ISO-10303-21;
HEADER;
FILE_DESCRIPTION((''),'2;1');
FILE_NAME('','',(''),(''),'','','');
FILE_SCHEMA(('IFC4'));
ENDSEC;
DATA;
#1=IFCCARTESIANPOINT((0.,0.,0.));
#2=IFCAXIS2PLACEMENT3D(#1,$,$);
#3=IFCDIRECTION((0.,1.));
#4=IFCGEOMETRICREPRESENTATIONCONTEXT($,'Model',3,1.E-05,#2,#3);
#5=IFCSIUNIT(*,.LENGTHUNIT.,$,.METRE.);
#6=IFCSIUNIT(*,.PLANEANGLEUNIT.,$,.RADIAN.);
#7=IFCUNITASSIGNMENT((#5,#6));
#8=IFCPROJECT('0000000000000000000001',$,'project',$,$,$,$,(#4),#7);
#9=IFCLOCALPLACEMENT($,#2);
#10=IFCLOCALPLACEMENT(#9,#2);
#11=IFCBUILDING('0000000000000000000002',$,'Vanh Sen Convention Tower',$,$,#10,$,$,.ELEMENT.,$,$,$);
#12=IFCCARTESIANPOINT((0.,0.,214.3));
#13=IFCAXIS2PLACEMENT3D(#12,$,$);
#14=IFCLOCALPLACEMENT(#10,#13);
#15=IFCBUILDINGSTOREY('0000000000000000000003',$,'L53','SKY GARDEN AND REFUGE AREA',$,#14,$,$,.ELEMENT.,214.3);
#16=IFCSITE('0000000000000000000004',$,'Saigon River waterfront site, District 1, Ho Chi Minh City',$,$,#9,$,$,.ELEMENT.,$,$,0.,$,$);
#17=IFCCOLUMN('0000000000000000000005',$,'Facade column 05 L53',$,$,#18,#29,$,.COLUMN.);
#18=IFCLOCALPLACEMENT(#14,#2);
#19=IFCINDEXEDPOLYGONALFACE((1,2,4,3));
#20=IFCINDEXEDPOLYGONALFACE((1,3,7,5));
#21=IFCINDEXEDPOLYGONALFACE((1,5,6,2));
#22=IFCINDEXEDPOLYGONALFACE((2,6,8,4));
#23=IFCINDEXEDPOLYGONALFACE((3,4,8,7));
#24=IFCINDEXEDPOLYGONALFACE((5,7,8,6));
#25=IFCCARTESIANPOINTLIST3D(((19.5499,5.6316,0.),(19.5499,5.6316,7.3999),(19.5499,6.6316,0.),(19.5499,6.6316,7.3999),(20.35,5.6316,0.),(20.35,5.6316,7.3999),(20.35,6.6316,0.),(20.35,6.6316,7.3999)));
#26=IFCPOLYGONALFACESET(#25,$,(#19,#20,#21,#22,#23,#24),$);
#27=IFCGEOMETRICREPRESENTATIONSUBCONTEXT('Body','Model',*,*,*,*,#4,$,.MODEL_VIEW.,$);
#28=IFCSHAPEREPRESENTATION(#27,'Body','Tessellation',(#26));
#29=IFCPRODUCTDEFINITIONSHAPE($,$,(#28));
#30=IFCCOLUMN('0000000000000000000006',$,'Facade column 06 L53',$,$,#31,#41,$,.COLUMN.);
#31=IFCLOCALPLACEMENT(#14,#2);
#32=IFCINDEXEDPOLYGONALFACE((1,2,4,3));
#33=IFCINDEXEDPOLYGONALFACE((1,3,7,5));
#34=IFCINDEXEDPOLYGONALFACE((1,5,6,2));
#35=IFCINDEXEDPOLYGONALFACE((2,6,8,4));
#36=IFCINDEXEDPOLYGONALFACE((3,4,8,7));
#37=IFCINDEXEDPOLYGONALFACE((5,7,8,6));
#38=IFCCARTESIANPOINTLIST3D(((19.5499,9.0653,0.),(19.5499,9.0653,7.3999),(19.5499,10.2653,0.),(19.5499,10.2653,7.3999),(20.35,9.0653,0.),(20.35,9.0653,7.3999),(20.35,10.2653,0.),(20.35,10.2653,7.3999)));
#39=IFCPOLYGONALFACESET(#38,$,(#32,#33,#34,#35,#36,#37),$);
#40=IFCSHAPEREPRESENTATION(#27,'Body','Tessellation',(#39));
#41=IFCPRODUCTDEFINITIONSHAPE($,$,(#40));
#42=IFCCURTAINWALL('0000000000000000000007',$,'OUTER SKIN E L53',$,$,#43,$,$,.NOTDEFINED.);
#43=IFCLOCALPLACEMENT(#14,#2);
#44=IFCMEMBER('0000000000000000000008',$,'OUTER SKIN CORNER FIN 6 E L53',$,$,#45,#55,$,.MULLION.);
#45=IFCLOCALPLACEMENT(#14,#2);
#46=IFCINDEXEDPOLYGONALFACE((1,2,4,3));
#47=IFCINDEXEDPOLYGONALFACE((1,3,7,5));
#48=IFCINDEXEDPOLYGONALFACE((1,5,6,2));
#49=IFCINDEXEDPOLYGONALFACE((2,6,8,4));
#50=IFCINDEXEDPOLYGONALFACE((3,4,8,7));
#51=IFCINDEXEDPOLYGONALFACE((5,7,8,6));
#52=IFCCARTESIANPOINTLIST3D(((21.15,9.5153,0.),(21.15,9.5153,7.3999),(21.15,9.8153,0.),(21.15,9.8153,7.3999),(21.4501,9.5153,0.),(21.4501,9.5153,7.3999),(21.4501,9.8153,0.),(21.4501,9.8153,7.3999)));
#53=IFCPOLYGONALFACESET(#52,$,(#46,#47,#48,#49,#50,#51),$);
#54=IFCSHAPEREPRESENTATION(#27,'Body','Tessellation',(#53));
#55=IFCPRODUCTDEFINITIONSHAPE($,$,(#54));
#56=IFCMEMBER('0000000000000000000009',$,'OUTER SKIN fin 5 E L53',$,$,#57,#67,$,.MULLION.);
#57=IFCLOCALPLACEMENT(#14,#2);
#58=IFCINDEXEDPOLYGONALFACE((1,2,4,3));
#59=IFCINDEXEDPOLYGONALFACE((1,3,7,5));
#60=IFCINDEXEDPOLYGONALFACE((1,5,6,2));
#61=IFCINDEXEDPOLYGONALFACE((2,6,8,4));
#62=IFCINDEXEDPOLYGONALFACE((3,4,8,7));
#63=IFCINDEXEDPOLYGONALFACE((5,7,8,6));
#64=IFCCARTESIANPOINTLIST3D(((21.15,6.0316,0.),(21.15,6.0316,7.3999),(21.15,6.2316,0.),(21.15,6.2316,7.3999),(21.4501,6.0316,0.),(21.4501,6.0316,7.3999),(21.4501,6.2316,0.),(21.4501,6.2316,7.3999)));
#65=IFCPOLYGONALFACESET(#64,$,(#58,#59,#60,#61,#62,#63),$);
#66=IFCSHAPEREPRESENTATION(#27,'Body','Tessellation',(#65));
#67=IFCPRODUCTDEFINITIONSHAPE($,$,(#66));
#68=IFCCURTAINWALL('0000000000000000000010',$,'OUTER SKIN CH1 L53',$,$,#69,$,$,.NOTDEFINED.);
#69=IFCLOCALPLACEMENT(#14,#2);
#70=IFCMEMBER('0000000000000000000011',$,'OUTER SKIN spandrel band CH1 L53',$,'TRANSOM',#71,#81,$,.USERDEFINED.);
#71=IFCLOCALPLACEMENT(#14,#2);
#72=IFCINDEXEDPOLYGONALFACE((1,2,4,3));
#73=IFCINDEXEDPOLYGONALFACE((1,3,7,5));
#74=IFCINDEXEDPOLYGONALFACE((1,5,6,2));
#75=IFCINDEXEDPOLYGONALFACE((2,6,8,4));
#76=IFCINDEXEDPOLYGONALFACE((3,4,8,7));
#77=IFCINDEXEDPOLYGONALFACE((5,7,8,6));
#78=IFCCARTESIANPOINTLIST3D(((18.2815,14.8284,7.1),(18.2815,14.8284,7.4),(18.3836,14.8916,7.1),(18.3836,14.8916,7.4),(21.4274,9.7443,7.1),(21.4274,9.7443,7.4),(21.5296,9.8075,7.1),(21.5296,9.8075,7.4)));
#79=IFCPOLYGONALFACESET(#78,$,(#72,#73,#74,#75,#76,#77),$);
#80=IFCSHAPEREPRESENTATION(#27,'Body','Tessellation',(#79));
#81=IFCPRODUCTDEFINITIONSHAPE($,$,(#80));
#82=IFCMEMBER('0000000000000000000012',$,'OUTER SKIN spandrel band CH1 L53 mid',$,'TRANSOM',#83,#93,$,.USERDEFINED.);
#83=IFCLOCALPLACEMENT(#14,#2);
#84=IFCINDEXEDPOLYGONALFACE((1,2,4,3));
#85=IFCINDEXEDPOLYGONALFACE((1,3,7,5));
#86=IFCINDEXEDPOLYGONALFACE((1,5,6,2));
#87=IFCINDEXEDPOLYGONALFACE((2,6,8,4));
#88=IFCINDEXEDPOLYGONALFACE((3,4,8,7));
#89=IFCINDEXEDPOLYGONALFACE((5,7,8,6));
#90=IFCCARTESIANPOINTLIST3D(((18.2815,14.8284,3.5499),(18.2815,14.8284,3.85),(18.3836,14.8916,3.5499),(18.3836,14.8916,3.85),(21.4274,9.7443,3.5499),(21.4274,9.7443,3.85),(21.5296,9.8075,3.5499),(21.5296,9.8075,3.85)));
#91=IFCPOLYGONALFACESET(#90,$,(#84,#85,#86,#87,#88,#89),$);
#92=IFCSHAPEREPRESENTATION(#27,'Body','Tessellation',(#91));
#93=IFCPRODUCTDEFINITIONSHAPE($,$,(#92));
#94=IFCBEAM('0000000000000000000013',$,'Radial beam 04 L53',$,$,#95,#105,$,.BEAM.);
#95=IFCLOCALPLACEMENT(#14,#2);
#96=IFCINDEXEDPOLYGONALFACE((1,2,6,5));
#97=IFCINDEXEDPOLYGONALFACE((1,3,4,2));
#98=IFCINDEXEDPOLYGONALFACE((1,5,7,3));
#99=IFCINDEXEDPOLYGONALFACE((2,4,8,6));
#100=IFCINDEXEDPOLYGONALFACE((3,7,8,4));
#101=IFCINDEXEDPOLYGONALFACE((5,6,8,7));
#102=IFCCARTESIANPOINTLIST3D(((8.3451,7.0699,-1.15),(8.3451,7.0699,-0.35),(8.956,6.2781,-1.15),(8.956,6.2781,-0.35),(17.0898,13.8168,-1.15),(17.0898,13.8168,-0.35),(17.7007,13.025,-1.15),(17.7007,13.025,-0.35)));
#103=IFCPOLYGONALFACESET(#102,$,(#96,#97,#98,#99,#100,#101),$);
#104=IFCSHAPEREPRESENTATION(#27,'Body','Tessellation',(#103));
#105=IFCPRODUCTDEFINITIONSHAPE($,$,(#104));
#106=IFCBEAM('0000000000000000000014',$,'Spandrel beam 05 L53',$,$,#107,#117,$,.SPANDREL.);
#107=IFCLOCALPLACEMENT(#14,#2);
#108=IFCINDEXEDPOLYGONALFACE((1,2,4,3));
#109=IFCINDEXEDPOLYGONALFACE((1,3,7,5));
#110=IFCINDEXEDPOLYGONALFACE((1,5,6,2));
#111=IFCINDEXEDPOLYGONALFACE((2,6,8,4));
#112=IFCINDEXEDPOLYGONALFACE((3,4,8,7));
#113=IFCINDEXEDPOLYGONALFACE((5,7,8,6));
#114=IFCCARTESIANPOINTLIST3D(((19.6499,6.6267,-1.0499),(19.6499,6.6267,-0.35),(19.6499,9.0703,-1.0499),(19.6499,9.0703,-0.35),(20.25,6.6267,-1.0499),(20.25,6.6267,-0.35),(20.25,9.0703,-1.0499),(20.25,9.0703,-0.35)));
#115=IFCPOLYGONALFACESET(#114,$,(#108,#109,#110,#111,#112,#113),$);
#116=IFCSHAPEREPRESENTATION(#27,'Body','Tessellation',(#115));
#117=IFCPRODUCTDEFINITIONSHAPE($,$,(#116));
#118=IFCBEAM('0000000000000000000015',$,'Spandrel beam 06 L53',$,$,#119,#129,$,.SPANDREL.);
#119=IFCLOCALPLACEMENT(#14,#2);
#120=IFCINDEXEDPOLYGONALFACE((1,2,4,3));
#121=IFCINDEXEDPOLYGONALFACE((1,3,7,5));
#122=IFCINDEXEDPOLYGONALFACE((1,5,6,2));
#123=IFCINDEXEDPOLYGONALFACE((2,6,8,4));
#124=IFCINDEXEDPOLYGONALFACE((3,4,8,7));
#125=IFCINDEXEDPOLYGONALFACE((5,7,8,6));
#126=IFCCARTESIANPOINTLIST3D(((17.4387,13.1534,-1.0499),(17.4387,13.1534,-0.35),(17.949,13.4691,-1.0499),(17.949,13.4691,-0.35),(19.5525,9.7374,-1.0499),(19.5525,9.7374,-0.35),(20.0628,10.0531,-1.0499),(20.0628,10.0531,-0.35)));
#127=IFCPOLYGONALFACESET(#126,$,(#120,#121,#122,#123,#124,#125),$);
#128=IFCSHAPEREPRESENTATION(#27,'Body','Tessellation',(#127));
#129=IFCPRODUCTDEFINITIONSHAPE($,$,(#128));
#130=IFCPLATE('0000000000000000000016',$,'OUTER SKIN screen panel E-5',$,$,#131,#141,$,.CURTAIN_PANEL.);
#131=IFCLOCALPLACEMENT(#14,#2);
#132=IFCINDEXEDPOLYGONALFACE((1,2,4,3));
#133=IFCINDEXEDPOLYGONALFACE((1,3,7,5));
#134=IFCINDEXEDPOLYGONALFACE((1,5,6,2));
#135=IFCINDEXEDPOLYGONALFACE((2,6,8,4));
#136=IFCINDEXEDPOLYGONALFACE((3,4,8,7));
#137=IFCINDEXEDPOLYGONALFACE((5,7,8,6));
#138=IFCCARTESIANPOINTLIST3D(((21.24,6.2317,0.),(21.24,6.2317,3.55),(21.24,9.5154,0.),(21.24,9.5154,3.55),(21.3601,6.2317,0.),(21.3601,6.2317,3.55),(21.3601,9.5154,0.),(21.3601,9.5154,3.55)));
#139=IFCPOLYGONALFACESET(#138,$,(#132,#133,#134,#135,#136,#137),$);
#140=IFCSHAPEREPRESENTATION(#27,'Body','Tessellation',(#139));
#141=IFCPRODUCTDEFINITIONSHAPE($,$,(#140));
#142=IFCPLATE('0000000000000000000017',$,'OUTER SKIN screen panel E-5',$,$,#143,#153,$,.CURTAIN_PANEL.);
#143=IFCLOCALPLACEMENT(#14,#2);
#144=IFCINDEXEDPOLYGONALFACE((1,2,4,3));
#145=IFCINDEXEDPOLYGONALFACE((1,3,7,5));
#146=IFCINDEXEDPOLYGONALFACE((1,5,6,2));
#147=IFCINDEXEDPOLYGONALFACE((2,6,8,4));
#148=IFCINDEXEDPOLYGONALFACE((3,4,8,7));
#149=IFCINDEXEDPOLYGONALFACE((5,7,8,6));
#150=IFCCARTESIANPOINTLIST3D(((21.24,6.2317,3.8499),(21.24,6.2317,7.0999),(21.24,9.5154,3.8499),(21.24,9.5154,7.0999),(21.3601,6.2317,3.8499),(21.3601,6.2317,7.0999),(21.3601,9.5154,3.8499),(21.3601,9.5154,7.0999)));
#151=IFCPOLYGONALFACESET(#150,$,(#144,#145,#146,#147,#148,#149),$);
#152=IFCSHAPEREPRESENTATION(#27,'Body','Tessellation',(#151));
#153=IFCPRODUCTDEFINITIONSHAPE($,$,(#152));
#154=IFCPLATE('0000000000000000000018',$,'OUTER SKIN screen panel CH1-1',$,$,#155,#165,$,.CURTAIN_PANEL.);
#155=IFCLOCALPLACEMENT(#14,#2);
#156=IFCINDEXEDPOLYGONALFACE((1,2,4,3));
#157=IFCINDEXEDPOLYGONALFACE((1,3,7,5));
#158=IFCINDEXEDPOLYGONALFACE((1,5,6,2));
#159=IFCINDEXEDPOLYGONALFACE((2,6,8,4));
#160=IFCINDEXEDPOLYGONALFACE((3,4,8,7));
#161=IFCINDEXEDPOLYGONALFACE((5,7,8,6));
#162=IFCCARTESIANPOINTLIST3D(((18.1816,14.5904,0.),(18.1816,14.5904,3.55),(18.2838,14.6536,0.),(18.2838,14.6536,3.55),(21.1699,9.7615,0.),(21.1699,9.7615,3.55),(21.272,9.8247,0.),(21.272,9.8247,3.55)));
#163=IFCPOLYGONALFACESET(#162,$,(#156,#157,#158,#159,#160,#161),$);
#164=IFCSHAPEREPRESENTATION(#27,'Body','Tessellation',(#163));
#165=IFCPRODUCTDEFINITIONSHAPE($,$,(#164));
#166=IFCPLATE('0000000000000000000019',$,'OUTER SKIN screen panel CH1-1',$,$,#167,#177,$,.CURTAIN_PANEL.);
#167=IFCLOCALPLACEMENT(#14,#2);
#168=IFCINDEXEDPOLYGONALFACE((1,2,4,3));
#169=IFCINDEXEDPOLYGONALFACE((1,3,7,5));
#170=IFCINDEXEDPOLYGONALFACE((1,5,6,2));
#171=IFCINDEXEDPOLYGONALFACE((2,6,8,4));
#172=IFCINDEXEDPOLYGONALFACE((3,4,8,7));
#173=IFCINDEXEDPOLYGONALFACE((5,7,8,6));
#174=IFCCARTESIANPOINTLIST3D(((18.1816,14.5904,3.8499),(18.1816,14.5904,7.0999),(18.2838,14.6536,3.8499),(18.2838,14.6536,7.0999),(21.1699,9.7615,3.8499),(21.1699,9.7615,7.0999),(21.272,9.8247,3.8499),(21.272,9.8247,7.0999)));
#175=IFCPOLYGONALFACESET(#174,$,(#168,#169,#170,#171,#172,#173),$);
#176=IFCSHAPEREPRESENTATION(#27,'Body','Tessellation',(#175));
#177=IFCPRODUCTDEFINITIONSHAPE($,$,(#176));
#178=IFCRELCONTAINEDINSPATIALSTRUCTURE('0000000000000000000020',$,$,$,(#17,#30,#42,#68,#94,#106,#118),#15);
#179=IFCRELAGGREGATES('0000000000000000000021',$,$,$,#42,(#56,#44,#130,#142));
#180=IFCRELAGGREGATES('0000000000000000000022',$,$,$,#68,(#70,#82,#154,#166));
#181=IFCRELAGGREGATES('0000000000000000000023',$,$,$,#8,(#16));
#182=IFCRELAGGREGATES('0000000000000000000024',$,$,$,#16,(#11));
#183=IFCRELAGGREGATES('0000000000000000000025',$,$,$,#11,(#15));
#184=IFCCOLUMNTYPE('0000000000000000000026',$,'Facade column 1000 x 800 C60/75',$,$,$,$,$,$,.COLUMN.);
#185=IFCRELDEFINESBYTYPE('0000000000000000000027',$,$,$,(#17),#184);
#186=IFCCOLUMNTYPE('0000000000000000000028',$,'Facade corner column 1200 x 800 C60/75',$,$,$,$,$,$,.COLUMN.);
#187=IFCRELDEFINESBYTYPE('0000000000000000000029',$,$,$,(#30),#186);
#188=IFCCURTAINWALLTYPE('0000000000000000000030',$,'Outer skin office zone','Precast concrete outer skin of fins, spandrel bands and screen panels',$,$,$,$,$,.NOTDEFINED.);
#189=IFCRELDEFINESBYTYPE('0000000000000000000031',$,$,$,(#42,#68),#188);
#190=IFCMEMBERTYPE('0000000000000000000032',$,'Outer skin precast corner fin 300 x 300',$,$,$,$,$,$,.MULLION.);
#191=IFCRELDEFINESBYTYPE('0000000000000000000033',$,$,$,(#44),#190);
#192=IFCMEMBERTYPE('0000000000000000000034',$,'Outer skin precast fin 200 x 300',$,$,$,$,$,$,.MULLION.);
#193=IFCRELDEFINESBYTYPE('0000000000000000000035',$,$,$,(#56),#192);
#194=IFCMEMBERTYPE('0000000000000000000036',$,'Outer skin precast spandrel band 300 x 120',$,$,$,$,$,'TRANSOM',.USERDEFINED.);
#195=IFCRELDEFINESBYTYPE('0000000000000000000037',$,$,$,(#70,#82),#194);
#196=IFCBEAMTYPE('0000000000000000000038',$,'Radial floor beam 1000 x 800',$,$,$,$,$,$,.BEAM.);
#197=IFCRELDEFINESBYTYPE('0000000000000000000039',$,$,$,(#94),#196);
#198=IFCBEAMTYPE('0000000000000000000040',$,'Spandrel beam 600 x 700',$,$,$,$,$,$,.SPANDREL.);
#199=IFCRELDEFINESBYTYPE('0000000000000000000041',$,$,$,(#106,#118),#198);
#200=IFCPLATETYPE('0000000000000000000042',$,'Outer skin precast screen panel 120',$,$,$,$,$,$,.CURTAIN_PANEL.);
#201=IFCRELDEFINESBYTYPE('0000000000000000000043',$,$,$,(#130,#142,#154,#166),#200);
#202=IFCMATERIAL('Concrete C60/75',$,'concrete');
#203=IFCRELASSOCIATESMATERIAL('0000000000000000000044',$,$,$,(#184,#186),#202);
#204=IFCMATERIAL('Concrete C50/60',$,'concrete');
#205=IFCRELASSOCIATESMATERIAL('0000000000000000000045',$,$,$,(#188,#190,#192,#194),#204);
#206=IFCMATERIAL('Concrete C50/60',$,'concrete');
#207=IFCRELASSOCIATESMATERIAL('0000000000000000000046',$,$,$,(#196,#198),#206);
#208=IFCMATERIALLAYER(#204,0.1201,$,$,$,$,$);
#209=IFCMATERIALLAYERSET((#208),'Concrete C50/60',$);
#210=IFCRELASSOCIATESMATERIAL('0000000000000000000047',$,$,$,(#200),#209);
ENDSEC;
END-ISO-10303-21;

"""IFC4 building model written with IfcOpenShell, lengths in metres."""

from ifc_helpers import new_model, si_unit, direction, frame, origin, origin_2d, place, context, subcontext, project, spatial, rectangle, extrude, material, layer, layer_set, material_profile, profile_set, type_object, element, aggregate, save


model = new_model("IFC4")

# Units and contexts
model_context = context("Model", 3, precision=1e-05, world=origin(), true_north=direction((0.0, 1.0)))
body_context = subcontext(model_context, "Body", "Model", "MODEL_VIEW")
ifc_project = project(units=[si_unit("LENGTHUNIT", "METRE"), si_unit("PLANEANGLEUNIT", "RADIAN")], contexts=[model_context])

# Site, building, storey
site_placement = place(None, origin())
site = spatial("IfcSite", under=ifc_project, at=site_placement, Name="Saigon River waterfront site, District 1, Ho Chi Minh City", CompositionType="ELEMENT", RefElevation=0.0)
building_placement = place(site_placement, origin())
building = spatial("IfcBuilding", under=site, at=building_placement, Name="Vanh Sen Convention Tower", CompositionType="ELEMENT")
storey_placement = place(building_placement, frame((0.0, 0.0, 214.3)))
storey = spatial("IfcBuildingStorey", under=building, at=storey_placement, Name="L53", Description="SKY GARDEN AND REFUGE AREA", CompositionType="ELEMENT", Elevation=214.3)

# Columns
ifc_material_1 = material(Name="Concrete C60/75", Category="concrete")
ifc_material_profile_1 = material_profile(ifc_material_1, rectangle(XDim=1.0, YDim=0.8, at=origin_2d()), Name="RC 1000X800")
ifc_profile_set_1 = profile_set([ifc_material_profile_1], Name="Concrete C60/75")
column_type_1 = type_object("IfcColumnType", Name="Facade column 1000 x 800 C60/75", PredefinedType="COLUMN", material=ifc_profile_set_1)
column_1_placement = place(storey_placement, frame((19.95, 6.1316, 0.0), z_axis=(0.0, 0.0, 1.0), x_axis=(0.0, 1.0, 0.0)))
element("IfcColumn", 1, at=column_1_placement, inside=storey, type_object=column_type_1, Name="Facade column 05 L53", PredefinedType="COLUMN", context=body_context, shape_type="SweptSolid", body=[
    extrude(rectangle(XDim=1.0, YDim=0.8, at=origin_2d()), origin(), (0.0, 0.0, 1.0), 7.3999),
])
ifc_material_profile_2 = material_profile(ifc_material_1, rectangle(XDim=1.2, YDim=0.8, at=origin_2d()), Name="RC 1200X800")
ifc_profile_set_2 = profile_set([ifc_material_profile_2], Name="Concrete C60/75")
column_type_2 = type_object("IfcColumnType", Name="Facade corner column 1200 x 800 C60/75", PredefinedType="COLUMN", material=ifc_profile_set_2)
column_2_placement = place(storey_placement, frame((19.95, 9.6653, 0.0), z_axis=(0.0, 0.0, 1.0), x_axis=(0.0, 1.0, 0.0)))
element("IfcColumn", 2, at=column_2_placement, inside=storey, type_object=column_type_2, Name="Facade column 06 L53", PredefinedType="COLUMN", context=body_context, shape_type="SweptSolid", body=[
    extrude(rectangle(XDim=1.2, YDim=0.8, at=origin_2d()), origin(), (0.0, 0.0, 1.0), 7.3999),
])

# Curtain walls, members
ifc_material_2 = material(Name="Concrete C50/60", Category="concrete")
curtain_wall_type = type_object("IfcCurtainWallType", Name="Outer skin office zone", Description="Precast concrete outer skin of fins, spandrel bands and screen panels", PredefinedType="NOTDEFINED", material=ifc_material_2)
curtain_wall_1_placement = place(storey_placement, origin())
curtain_wall_1 = element("IfcCurtainWall", 3, at=curtain_wall_1_placement, inside=storey, type_object=curtain_wall_type, Name="OUTER SKIN E L53", PredefinedType="NOTDEFINED")
ifc_material_profile_3 = material_profile(ifc_material_2, rectangle(XDim=0.3, YDim=0.3, at=origin_2d()), Name="Outer skin precast corner fin 300 x 300")
ifc_profile_set_3 = profile_set([ifc_material_profile_3], Name="Concrete C50/60")
member_type_1 = type_object("IfcMemberType", Name="Outer skin precast corner fin 300 x 300", PredefinedType="MULLION", material=ifc_profile_set_3)
member_1_placement = place(storey_placement, frame((21.3, 9.6653, 0.0), z_axis=(0.0, 0.0, 1.0), x_axis=(0.0, 1.0, 0.0)))
member_1 = element("IfcMember", 4, at=member_1_placement, type_object=member_type_1, Name="OUTER SKIN CORNER FIN 6 E L53", PredefinedType="MULLION", context=body_context, shape_type="SweptSolid", body=[
    extrude(rectangle(XDim=0.3, YDim=0.3, at=origin_2d()), origin(), (0.0, 0.0, 1.0), 7.3999),
])
ifc_material_profile_4 = material_profile(ifc_material_2, rectangle(XDim=0.2, YDim=0.3, at=origin_2d()), Name="Outer skin precast fin 200 x 300")
ifc_profile_set_4 = profile_set([ifc_material_profile_4], Name="Concrete C50/60")
member_type_2 = type_object("IfcMemberType", Name="Outer skin precast fin 200 x 300", PredefinedType="MULLION", material=ifc_profile_set_4)
member_2_placement = place(storey_placement, frame((21.3, 6.1316, 0.0), z_axis=(0.0, 0.0, 1.0), x_axis=(0.0, 1.0, 0.0)))
member_2 = element("IfcMember", 5, at=member_2_placement, type_object=member_type_2, Name="OUTER SKIN fin 5 E L53", PredefinedType="MULLION", context=body_context, shape_type="SweptSolid", body=[
    extrude(rectangle(XDim=0.2, YDim=0.3, at=origin_2d()), origin(), (0.0, 0.0, 1.0), 7.3999),
])
curtain_wall_2_placement = place(storey_placement, origin())
curtain_wall_2 = element("IfcCurtainWall", 6, at=curtain_wall_2_placement, inside=storey, type_object=curtain_wall_type, Name="OUTER SKIN CH1 L53", PredefinedType="NOTDEFINED")
ifc_material_profile_5 = material_profile(ifc_material_2, rectangle(XDim=0.1201, YDim=0.3, at=origin_2d()), Name="Outer skin precast spandrel band 300 x 120")
ifc_profile_set_5 = profile_set([ifc_material_profile_5], Name="Concrete C50/60")
member_type_3 = type_object("IfcMemberType", Name="Outer skin precast spandrel band 300 x 120", ElementType="TRANSOM", PredefinedType="USERDEFINED", material=ifc_profile_set_5)
member_3_placement = place(storey_placement, frame((21.4785, 9.7759, 7.25), z_axis=(-0.526187, 0.850369, 0.0), x_axis=(-0.850369, -0.526187, 0.0)))
member_3 = element("IfcMember", 7, at=member_3_placement, type_object=member_type_3, Name="OUTER SKIN spandrel band CH1 L53", ObjectType="TRANSOM", PredefinedType="USERDEFINED", context=body_context, shape_type="SweptSolid", body=[
    extrude(rectangle(XDim=0.1201, YDim=0.3, at=origin_2d()), origin(), (0.0, 0.0, 1.0), 5.9788),
])
member_4_placement = place(storey_placement, frame((21.4785, 9.7759, 3.7), z_axis=(-0.526187, 0.850369, 0.0), x_axis=(-0.850369, -0.526187, 0.0)))
member_4 = element("IfcMember", 8, at=member_4_placement, type_object=member_type_3, Name="OUTER SKIN spandrel band CH1 L53 mid", ObjectType="TRANSOM", PredefinedType="USERDEFINED", context=body_context, shape_type="SweptSolid", body=[
    extrude(rectangle(XDim=0.1201, YDim=0.3, at=origin_2d()), origin(), (0.0, 0.0, 1.0), 5.9788),
])

# Beams
ifc_material_3 = material(Name="Concrete C50/60", Category="concrete")
ifc_material_profile_6 = material_profile(ifc_material_3, rectangle(XDim=1.0, YDim=0.8, at=origin_2d()), Name="RC 1000X800")
ifc_profile_set_6 = profile_set([ifc_material_profile_6], Name="Concrete C50/60")
beam_type_1 = type_object("IfcBeamType", Name="Radial floor beam 1000 x 800", PredefinedType="BEAM", material=ifc_profile_set_6)
beam_1_placement = place(storey_placement, frame((17.3953, 13.4209, -0.75), z_axis=(-0.79174, -0.610858, 0.0), x_axis=(0.610858, -0.79174, 0.0)))
element("IfcBeam", 9, at=beam_1_placement, inside=storey, type_object=beam_type_1, Name="Radial beam 04 L53", PredefinedType="BEAM", context=body_context, shape_type="SweptSolid", body=[
    extrude(rectangle(XDim=1.0, YDim=0.8, at=origin_2d()), origin(), (0.0, 0.0, 1.0), 11.0449),
])
ifc_material_profile_7 = material_profile(ifc_material_3, rectangle(XDim=0.6001, YDim=0.7, at=origin_2d()), Name="RC 600X700")
ifc_profile_set_7 = profile_set([ifc_material_profile_7], Name="Concrete C50/60")
beam_type_2 = type_object("IfcBeamType", Name="Spandrel beam 600 x 700", PredefinedType="SPANDREL", material=ifc_profile_set_7)
beam_2_placement = place(storey_placement, frame((19.95, 6.6267, -0.7), z_axis=(0.0, 1.0, 0.0), x_axis=(-1.0, 0.0, 0.0)))
element("IfcBeam", 10, at=beam_2_placement, inside=storey, type_object=beam_type_2, Name="Spandrel beam 05 L53", PredefinedType="SPANDREL", context=body_context, shape_type="SweptSolid", body=[
    extrude(rectangle(XDim=0.6001, YDim=0.7, at=origin_2d()), origin(), (0.0, 0.0, 1.0), 2.4436),
])
beam_3_placement = place(storey_placement, frame((19.8076, 9.8953, -0.7), z_axis=(-0.526191, 0.850366, 0.0), x_axis=(-0.850366, -0.526191, 0.0)))
element("IfcBeam", 11, at=beam_3_placement, inside=storey, type_object=beam_type_2, Name="Spandrel beam 06 L53", PredefinedType="SPANDREL", context=body_context, shape_type="SweptSolid", body=[
    extrude(rectangle(XDim=0.6001, YDim=0.7, at=origin_2d()), origin(), (0.0, 0.0, 1.0), 4.0171),
])

# Plates
ifc_layer_1 = layer(ifc_material_2, 0.1201)
ifc_layer_set_1 = layer_set([ifc_layer_1], Name="Concrete C50/60")
plate_type = type_object("IfcPlateType", Name="Outer skin precast screen panel 120", PredefinedType="CURTAIN_PANEL", material=ifc_layer_set_1)
plate_1_placement = place(storey_placement, frame((21.3, 7.8735, 0.0), z_axis=(0.0, 0.0, 1.0), x_axis=(0.0, 1.0, 0.0)))
plate_1 = element("IfcPlate", 12, at=plate_1_placement, type_object=plate_type, Name="OUTER SKIN screen panel E-5", PredefinedType="CURTAIN_PANEL", context=body_context, shape_type="SweptSolid", body=[
    extrude(rectangle(XDim=3.2837, YDim=0.1201, at=origin_2d()), origin(), (0.0, 0.0, 1.0), 3.55),
])
plate_2_placement = place(storey_placement, frame((21.3, 7.8735, 3.8499), z_axis=(0.0, 0.0, 1.0), x_axis=(0.0, 1.0, 0.0)))
plate_2 = element("IfcPlate", 13, at=plate_2_placement, type_object=plate_type, Name="OUTER SKIN screen panel E-5", PredefinedType="CURTAIN_PANEL", context=body_context, shape_type="SweptSolid", body=[
    extrude(rectangle(XDim=3.2837, YDim=0.1201, at=origin_2d()), origin(), (0.0, 0.0, 1.0), 3.25),
])
aggregate(curtain_wall_1, [member_2, member_1, plate_1, plate_2])
plate_3_placement = place(storey_placement, frame((19.7268, 12.2075, 0.0), z_axis=(0.0, 0.0, 1.0), x_axis=(-0.526217, 0.85035, 0.0)))
plate_3 = element("IfcPlate", 14, at=plate_3_placement, type_object=plate_type, Name="OUTER SKIN screen panel CH1-1", PredefinedType="CURTAIN_PANEL", context=body_context, shape_type="SweptSolid", body=[
    extrude(rectangle(XDim=5.6787, YDim=0.1201, at=origin_2d()), origin(), (0.0, 0.0, 1.0), 3.55),
])
plate_4_placement = place(storey_placement, frame((19.7268, 12.2075, 3.8499), z_axis=(0.0, 0.0, 1.0), x_axis=(-0.526217, 0.85035, 0.0)))
plate_4 = element("IfcPlate", 15, at=plate_4_placement, type_object=plate_type, Name="OUTER SKIN screen panel CH1-1", PredefinedType="CURTAIN_PANEL", context=body_context, shape_type="SweptSolid", body=[
    extrude(rectangle(XDim=5.6787, YDim=0.1201, at=origin_2d()), origin(), (0.0, 0.0, 1.0), 3.25),
])
aggregate(curtain_wall_2, [member_3, member_4, plate_3, plate_4])

save(model, "model.ifc")
